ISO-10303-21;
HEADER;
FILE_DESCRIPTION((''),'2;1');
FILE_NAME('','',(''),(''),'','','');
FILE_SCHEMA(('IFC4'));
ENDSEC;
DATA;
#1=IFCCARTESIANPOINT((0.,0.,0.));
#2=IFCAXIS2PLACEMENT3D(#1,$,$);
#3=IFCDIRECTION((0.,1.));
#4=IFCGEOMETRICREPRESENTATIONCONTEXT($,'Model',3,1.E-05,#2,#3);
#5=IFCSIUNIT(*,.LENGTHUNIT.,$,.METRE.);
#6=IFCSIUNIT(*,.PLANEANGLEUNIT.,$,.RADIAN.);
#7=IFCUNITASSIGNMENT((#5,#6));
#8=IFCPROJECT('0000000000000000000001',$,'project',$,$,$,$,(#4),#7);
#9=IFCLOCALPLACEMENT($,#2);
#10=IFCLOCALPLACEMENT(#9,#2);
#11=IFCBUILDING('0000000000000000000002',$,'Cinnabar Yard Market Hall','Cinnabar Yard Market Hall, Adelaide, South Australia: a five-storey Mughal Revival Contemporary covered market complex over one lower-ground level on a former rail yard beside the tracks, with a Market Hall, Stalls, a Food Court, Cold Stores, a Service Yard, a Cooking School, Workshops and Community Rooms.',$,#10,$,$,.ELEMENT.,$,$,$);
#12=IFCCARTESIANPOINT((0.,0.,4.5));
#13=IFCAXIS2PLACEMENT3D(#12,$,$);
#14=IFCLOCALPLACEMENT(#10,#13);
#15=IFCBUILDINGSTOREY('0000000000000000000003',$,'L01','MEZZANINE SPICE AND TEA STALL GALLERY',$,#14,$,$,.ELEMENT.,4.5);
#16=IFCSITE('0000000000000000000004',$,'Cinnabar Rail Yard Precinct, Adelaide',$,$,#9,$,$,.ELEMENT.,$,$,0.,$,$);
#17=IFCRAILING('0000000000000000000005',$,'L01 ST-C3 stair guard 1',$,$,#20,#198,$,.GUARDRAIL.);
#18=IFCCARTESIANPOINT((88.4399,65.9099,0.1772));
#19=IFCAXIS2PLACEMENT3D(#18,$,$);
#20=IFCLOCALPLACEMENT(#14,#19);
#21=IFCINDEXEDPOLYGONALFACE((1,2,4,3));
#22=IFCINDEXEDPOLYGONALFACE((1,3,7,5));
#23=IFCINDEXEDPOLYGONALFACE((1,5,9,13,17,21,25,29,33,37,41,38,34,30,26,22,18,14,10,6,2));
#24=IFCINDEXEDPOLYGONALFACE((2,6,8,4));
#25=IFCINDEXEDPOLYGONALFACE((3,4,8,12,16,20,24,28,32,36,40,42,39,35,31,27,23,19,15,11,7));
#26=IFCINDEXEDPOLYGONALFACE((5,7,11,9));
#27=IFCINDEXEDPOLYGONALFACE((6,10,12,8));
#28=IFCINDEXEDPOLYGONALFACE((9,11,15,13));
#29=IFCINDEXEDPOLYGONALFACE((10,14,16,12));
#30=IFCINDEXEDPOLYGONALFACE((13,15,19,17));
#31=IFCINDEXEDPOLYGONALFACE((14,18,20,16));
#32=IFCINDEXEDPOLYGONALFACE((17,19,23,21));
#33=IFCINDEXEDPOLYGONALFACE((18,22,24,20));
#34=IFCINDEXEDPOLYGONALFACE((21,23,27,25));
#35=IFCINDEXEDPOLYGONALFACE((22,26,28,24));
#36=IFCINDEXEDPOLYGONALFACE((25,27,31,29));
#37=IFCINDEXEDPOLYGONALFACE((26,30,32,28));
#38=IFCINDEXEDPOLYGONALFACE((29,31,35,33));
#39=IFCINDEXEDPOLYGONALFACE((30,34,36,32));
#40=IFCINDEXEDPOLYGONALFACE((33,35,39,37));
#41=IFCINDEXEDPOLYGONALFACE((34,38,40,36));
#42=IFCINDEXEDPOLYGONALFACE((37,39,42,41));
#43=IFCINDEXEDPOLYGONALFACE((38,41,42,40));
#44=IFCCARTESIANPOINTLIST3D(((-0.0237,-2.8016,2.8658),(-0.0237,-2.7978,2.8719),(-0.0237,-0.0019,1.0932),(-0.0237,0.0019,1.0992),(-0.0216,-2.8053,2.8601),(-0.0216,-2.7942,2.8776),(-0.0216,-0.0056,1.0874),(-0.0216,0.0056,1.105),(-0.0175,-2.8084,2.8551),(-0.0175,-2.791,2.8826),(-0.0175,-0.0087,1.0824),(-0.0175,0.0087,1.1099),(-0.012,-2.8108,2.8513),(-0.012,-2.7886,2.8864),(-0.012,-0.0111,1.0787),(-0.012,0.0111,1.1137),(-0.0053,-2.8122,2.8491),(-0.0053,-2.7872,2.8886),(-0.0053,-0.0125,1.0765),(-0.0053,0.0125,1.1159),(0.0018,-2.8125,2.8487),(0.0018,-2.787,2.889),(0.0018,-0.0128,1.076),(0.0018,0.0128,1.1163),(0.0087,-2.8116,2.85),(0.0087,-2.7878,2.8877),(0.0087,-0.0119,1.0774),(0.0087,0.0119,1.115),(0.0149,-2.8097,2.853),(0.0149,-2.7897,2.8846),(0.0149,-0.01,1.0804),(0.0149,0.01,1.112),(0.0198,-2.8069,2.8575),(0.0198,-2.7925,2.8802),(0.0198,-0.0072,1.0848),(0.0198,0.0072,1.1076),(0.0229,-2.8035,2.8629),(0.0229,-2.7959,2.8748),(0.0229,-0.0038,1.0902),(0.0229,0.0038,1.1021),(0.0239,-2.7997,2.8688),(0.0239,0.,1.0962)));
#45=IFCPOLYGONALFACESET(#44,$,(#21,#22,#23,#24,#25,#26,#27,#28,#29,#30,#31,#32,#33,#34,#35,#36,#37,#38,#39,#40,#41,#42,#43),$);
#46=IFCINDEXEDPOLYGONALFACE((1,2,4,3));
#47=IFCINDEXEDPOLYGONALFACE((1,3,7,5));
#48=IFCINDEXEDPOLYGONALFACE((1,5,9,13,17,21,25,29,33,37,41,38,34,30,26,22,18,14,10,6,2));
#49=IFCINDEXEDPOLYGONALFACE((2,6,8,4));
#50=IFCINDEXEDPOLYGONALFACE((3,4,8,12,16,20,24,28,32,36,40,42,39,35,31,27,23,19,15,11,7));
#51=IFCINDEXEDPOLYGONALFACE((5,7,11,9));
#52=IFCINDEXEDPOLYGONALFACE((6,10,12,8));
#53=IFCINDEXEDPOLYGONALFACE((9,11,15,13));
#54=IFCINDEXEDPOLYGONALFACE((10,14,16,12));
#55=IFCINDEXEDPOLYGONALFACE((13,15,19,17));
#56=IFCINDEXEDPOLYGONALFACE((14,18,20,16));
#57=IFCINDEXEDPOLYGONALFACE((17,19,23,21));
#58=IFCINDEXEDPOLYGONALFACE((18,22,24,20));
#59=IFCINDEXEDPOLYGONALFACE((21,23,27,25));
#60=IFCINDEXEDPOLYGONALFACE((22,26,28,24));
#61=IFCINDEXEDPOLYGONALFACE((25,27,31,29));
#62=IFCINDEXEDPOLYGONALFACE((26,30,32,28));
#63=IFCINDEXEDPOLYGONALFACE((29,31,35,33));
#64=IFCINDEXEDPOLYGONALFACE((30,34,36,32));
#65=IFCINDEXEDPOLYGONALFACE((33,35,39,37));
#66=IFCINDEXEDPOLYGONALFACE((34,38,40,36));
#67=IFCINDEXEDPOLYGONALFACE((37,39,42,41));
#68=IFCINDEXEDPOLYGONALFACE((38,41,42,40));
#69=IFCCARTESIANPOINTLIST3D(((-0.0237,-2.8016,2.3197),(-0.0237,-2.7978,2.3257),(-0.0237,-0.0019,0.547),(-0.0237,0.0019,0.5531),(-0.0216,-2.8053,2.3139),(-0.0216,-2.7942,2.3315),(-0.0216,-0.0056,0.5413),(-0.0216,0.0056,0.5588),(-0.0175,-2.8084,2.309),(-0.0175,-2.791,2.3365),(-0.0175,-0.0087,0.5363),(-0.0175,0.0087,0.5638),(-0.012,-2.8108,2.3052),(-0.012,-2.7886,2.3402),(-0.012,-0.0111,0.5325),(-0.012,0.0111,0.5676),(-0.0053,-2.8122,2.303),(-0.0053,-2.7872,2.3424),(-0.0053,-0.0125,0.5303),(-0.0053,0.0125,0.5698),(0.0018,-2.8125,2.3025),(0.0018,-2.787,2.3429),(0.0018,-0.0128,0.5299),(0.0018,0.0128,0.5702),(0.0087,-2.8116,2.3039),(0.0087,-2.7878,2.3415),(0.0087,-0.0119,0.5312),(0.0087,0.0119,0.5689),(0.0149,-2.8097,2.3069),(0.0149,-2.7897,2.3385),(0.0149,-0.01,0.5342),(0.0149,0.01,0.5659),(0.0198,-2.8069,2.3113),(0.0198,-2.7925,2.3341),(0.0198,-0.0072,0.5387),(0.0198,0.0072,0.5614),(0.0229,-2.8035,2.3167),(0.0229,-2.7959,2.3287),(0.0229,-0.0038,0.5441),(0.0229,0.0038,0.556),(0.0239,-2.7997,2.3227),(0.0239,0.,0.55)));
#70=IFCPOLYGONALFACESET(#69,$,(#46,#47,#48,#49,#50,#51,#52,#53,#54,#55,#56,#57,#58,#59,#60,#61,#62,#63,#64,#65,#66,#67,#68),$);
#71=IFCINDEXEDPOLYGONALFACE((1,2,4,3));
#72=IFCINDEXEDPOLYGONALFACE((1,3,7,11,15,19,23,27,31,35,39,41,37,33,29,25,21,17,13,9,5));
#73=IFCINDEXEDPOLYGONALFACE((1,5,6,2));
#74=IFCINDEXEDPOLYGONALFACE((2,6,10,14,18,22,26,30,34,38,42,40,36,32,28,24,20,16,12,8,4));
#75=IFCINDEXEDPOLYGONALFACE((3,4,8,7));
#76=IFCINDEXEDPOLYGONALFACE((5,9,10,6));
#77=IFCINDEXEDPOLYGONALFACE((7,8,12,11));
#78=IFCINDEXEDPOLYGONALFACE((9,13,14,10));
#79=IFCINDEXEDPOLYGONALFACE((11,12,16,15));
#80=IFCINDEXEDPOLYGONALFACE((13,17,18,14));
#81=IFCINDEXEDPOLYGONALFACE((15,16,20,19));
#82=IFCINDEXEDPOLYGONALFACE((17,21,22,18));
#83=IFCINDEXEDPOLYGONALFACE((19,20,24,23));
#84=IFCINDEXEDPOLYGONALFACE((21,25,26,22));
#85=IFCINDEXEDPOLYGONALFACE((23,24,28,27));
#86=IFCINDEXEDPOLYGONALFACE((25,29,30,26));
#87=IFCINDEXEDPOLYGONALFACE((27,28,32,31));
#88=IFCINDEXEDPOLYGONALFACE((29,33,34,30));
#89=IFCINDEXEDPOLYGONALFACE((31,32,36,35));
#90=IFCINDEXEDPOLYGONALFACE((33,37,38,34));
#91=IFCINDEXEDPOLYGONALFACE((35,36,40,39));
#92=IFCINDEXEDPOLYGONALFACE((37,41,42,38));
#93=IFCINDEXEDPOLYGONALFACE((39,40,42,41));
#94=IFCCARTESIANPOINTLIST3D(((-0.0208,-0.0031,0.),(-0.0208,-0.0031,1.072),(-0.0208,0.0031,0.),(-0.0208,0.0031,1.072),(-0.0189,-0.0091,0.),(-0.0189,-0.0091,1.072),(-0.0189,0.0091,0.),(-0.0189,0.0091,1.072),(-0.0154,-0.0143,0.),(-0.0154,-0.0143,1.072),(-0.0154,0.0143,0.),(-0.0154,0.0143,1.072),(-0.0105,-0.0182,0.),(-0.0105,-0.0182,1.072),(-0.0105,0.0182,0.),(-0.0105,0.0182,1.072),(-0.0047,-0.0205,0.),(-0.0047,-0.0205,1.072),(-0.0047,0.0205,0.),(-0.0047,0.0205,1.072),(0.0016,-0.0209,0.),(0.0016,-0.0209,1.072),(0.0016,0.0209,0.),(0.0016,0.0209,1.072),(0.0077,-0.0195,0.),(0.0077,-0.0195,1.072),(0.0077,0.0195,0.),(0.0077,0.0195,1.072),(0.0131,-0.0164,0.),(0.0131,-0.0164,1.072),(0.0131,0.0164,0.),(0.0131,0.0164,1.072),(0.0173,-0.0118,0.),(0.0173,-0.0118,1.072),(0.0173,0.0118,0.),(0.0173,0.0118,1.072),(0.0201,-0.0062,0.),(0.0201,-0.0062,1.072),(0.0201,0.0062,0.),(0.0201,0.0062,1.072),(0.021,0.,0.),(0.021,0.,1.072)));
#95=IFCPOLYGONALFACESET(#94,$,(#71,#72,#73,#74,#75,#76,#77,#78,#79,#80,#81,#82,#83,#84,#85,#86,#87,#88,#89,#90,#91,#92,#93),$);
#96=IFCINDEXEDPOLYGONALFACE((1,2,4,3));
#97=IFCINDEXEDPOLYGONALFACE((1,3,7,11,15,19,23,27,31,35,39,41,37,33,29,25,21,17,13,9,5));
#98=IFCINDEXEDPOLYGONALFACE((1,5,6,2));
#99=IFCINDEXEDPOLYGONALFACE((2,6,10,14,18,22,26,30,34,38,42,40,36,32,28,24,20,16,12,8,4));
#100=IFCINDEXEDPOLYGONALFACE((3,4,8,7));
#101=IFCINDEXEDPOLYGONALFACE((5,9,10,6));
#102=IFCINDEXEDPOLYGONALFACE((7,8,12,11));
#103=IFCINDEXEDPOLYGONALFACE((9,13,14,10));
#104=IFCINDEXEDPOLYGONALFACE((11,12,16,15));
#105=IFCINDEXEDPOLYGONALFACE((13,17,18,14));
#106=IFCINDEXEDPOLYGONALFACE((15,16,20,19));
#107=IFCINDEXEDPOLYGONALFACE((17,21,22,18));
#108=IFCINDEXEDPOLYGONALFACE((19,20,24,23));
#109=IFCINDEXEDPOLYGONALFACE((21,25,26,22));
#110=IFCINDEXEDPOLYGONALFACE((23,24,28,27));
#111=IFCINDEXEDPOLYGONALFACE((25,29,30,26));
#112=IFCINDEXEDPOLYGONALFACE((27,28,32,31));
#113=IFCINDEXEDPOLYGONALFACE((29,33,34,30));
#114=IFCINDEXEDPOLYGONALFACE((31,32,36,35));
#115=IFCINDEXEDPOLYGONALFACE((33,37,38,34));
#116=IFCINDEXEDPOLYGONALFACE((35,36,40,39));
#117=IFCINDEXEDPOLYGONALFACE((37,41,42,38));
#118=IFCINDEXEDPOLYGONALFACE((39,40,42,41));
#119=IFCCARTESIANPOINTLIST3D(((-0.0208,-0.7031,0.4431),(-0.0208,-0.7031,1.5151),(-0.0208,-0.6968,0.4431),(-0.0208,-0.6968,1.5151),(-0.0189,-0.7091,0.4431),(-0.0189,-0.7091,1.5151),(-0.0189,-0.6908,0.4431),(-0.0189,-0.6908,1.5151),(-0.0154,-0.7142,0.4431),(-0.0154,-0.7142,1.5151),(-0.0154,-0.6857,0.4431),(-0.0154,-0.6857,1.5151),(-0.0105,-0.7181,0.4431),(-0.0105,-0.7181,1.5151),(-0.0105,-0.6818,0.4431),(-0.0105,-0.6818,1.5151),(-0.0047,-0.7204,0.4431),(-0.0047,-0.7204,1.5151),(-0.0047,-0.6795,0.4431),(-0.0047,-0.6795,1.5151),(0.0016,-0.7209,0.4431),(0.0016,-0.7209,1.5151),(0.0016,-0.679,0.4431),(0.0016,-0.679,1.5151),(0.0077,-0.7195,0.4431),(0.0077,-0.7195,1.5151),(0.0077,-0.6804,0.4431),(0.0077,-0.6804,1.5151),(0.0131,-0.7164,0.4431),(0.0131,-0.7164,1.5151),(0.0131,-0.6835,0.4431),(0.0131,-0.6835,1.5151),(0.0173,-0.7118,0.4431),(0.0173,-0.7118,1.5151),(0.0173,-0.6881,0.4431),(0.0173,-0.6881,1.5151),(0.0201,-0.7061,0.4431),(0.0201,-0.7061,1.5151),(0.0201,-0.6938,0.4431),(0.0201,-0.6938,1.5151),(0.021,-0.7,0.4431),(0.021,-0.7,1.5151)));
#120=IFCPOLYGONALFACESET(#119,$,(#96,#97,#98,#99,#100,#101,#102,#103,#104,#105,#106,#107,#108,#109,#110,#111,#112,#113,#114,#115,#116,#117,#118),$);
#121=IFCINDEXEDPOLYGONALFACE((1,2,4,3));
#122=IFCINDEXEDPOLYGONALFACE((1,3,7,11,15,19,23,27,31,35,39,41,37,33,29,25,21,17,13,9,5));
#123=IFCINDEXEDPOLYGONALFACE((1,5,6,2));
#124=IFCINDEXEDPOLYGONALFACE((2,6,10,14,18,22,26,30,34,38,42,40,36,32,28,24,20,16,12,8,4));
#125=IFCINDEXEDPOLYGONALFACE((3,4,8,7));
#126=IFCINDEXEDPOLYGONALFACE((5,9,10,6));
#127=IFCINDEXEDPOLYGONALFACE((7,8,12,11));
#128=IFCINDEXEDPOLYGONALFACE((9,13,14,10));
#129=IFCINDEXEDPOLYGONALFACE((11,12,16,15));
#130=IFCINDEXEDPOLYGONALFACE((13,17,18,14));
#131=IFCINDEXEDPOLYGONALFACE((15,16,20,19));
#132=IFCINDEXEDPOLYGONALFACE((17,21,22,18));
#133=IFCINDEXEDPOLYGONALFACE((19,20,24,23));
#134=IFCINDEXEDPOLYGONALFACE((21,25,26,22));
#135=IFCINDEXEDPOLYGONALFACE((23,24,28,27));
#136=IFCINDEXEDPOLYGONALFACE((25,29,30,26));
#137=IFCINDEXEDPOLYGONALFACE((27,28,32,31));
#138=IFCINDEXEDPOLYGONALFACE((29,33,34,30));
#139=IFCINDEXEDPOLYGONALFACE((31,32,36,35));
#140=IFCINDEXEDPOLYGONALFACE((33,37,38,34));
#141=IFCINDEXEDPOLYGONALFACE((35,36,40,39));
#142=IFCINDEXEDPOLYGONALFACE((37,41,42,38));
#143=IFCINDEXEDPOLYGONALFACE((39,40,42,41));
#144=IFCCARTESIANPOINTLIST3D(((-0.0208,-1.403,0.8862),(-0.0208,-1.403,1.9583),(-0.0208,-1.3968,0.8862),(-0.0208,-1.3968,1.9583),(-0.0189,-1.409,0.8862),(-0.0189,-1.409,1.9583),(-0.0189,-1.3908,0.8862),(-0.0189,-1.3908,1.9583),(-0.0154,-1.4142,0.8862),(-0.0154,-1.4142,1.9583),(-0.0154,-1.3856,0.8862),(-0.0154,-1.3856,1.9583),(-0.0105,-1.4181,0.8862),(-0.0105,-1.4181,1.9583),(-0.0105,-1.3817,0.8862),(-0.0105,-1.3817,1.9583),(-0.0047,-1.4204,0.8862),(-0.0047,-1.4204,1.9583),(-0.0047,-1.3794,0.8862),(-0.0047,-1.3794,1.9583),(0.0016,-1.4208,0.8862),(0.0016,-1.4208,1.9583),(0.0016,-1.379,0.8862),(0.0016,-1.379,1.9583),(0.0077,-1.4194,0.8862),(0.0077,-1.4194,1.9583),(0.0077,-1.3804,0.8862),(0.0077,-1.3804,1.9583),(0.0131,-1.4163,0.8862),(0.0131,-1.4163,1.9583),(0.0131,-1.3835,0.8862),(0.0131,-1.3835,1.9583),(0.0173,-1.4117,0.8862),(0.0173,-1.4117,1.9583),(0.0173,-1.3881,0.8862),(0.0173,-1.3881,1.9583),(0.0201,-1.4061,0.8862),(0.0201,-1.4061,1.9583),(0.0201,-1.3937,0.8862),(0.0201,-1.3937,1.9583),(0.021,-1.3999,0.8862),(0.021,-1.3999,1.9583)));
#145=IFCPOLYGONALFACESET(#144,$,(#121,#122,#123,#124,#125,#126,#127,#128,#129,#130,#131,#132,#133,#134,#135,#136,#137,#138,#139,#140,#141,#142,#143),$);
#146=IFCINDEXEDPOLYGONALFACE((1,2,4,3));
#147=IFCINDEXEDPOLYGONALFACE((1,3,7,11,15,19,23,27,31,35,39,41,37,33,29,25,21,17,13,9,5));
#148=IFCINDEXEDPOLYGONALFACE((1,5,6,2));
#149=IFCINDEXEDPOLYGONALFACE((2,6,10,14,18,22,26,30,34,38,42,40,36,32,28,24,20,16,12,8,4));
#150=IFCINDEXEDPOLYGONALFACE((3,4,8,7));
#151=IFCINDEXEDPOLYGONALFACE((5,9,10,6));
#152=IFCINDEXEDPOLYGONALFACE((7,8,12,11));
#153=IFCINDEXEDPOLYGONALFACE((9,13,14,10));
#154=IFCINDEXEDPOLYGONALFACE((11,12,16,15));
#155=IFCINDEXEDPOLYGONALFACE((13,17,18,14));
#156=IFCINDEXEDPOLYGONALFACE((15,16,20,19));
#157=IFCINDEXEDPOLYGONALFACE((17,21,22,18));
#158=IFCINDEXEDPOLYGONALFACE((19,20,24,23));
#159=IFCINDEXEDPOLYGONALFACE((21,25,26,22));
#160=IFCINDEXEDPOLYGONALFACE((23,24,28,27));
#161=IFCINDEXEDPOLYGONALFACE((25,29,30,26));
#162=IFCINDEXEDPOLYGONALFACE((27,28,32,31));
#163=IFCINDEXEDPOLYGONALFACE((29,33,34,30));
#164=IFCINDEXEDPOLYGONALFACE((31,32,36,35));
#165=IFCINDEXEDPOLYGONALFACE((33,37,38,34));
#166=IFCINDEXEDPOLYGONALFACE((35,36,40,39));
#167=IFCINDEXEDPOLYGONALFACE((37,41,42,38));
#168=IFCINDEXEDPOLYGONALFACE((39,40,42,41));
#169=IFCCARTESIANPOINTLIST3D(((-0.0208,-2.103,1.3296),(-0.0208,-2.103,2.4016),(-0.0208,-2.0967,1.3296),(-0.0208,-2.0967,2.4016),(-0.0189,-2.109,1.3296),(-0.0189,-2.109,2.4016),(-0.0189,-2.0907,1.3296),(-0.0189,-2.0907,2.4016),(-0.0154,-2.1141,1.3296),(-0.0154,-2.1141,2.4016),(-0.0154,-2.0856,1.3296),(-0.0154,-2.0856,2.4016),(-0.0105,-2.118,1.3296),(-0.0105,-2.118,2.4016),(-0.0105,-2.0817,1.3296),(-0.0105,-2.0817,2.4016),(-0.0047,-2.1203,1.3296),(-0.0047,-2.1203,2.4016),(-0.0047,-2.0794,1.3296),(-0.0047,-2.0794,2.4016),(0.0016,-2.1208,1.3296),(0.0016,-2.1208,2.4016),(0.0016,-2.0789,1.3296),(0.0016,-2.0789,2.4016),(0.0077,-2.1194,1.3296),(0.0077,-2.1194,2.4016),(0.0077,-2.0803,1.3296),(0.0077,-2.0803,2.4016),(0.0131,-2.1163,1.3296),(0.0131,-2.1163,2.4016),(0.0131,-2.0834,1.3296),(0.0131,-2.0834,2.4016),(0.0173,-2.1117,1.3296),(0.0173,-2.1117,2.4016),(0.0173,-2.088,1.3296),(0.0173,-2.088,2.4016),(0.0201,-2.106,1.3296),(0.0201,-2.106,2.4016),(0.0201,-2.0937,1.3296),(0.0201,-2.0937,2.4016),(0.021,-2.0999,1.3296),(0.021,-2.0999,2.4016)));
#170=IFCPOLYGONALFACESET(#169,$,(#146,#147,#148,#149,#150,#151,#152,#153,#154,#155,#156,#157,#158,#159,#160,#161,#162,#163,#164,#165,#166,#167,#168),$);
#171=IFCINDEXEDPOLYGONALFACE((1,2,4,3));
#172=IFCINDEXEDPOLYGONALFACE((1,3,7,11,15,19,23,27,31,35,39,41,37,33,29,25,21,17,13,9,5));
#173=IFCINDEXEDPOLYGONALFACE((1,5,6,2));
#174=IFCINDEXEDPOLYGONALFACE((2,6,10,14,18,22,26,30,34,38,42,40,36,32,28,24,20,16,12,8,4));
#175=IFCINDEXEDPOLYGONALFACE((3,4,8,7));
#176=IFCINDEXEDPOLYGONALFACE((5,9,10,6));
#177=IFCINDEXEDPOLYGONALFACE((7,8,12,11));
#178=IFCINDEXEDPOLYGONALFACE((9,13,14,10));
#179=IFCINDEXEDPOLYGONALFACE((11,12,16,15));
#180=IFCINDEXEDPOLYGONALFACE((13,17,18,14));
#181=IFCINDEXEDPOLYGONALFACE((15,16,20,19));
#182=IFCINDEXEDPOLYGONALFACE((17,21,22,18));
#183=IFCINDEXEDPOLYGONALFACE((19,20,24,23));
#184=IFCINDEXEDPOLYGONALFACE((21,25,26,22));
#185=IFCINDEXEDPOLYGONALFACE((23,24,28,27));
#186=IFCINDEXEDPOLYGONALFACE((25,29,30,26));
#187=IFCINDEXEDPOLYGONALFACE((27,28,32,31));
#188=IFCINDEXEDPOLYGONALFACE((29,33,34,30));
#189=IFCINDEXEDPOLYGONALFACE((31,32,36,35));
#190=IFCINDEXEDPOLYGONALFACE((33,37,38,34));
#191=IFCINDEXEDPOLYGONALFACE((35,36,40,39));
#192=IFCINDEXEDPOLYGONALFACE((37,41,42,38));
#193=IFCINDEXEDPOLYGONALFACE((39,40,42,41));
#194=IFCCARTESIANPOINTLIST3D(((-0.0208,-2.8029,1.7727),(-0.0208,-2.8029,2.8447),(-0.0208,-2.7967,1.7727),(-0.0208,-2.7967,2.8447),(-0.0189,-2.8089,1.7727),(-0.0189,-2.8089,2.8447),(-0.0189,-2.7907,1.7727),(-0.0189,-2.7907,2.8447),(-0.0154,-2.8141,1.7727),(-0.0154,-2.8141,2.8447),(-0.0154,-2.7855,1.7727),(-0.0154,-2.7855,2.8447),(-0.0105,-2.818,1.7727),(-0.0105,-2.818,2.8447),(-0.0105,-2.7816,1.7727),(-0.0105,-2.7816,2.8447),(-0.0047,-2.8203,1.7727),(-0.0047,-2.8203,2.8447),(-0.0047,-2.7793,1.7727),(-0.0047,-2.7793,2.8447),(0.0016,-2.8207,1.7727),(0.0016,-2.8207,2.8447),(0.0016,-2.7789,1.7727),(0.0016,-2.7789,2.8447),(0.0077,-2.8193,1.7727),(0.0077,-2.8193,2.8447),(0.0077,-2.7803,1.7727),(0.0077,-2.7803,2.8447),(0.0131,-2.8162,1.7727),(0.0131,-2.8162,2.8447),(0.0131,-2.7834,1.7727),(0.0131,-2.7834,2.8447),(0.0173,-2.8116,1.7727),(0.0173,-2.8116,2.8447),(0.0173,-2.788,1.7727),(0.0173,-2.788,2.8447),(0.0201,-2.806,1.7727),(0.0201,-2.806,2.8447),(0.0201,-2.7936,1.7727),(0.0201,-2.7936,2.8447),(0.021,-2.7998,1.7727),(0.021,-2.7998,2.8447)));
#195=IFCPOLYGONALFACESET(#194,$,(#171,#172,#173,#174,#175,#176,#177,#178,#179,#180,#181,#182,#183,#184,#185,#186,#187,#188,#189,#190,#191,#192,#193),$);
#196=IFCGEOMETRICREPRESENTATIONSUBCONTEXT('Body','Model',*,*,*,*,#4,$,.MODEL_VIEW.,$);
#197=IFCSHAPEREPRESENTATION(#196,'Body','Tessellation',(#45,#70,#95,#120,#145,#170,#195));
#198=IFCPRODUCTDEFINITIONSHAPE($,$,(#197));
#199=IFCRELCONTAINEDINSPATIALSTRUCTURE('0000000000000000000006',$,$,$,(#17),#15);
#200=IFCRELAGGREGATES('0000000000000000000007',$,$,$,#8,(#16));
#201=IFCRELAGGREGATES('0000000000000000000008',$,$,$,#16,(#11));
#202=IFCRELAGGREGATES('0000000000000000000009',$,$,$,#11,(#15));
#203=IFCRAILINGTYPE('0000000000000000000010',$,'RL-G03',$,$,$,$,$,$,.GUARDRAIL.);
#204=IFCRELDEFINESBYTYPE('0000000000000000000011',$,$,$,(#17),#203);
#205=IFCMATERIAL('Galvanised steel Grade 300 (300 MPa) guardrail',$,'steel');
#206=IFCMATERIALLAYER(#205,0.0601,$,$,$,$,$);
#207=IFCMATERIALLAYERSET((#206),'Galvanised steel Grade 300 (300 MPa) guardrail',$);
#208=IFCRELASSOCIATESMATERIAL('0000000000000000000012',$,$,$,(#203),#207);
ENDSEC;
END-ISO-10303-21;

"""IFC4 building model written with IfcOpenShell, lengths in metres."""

from ifc_helpers import new_model, si_unit, direction, frame, origin, origin_2d_with_axis, place, context, subcontext, project, spatial, circle, extrude, material, layer, layer_set, type_object, element, save


model = new_model("IFC4")

# Units and contexts
model_context = context("Model", 3, precision=1e-05, world=origin(), true_north=direction((0.0, 1.0)))
body_context = subcontext(model_context, "Body", "Model", "MODEL_VIEW")
ifc_project = project(units=[si_unit("LENGTHUNIT", "METRE"), si_unit("PLANEANGLEUNIT", "RADIAN")], contexts=[model_context])

# Site, building, storey
site_placement = place(None, origin())
site = spatial("IfcSite", under=ifc_project, at=site_placement, Name="Cinnabar Rail Yard Precinct, Adelaide", CompositionType="ELEMENT", RefElevation=0.0)
building_placement = place(site_placement, origin())
building = spatial("IfcBuilding", under=site, at=building_placement, Name="Cinnabar Yard Market Hall", Description="Cinnabar Yard Market Hall, Adelaide, South Australia: a five-storey Mughal Revival Contemporary covered market complex over one lower-ground level on a former rail yard beside the tracks, with a Market Hall, Stalls, a Food Court, Cold Stores, a Service Yard, a Cooking School, Workshops and Community Rooms.", CompositionType="ELEMENT")
storey_placement = place(building_placement, frame((0.0, 0.0, 4.5)))
storey = spatial("IfcBuildingStorey", under=building, at=storey_placement, Name="L01", Description="MEZZANINE SPICE AND TEA STALL GALLERY", CompositionType="ELEMENT", Elevation=4.5)

# Railing
ifc_material_1 = material(Name="Galvanised steel Grade 300 (300 MPa) guardrail", Category="steel")
ifc_layer_1 = layer(ifc_material_1, 0.0601)
ifc_layer_set_1 = layer_set([ifc_layer_1], Name="Galvanised steel Grade 300 (300 MPa) guardrail")
railing_type_1 = type_object("IfcRailingType", Name="RL-G03", PredefinedType="GUARDRAIL", material=ifc_layer_set_1)
railing_1_placement = place(storey_placement, frame((88.4399, 65.9099, 0.1772)))
element("IfcRailing", 1, at=railing_1_placement, inside=storey, type_object=railing_type_1, Name="L01 ST-C3 stair guard 1", PredefinedType="GUARDRAIL", context=body_context, shape_type="SweptSolid", body=[
    extrude(circle(Radius=0.0239, at=origin_2d_with_axis()), frame((0.0, 0.0, 1.0962), z_axis=(0.0, -0.844888, 0.534943), x_axis=(1.0, 0.0, 0.0)), (0.0, 0.0, 1.0), 3.3137),
    extrude(circle(Radius=0.0239, at=origin_2d_with_axis()), frame((0.0, 0.0, 0.55), z_axis=(0.0, -0.844888, 0.534943), x_axis=(1.0, 0.0, 0.0)), (0.0, 0.0, 1.0), 3.3137),
    extrude(circle(Radius=0.021, at=origin_2d_with_axis()), origin(), (0.0, 0.0, 1.0), 1.072),
    extrude(circle(Radius=0.021, at=origin_2d_with_axis()), frame((0.0, -0.7, 0.4431)), (0.0, 0.0, 1.0), 1.072),
    extrude(circle(Radius=0.021, at=origin_2d_with_axis()), frame((0.0, -1.3999, 0.8862)), (0.0, 0.0, 1.0), 1.072),
    extrude(circle(Radius=0.021, at=origin_2d_with_axis()), frame((0.0, -2.0999, 1.3296)), (0.0, 0.0, 1.0), 1.072),
    extrude(circle(Radius=0.021, at=origin_2d_with_axis()), frame((0.0, -2.7998, 1.7727)), (0.0, 0.0, 1.0), 1.072),
])

save(model, "model.ifc")
